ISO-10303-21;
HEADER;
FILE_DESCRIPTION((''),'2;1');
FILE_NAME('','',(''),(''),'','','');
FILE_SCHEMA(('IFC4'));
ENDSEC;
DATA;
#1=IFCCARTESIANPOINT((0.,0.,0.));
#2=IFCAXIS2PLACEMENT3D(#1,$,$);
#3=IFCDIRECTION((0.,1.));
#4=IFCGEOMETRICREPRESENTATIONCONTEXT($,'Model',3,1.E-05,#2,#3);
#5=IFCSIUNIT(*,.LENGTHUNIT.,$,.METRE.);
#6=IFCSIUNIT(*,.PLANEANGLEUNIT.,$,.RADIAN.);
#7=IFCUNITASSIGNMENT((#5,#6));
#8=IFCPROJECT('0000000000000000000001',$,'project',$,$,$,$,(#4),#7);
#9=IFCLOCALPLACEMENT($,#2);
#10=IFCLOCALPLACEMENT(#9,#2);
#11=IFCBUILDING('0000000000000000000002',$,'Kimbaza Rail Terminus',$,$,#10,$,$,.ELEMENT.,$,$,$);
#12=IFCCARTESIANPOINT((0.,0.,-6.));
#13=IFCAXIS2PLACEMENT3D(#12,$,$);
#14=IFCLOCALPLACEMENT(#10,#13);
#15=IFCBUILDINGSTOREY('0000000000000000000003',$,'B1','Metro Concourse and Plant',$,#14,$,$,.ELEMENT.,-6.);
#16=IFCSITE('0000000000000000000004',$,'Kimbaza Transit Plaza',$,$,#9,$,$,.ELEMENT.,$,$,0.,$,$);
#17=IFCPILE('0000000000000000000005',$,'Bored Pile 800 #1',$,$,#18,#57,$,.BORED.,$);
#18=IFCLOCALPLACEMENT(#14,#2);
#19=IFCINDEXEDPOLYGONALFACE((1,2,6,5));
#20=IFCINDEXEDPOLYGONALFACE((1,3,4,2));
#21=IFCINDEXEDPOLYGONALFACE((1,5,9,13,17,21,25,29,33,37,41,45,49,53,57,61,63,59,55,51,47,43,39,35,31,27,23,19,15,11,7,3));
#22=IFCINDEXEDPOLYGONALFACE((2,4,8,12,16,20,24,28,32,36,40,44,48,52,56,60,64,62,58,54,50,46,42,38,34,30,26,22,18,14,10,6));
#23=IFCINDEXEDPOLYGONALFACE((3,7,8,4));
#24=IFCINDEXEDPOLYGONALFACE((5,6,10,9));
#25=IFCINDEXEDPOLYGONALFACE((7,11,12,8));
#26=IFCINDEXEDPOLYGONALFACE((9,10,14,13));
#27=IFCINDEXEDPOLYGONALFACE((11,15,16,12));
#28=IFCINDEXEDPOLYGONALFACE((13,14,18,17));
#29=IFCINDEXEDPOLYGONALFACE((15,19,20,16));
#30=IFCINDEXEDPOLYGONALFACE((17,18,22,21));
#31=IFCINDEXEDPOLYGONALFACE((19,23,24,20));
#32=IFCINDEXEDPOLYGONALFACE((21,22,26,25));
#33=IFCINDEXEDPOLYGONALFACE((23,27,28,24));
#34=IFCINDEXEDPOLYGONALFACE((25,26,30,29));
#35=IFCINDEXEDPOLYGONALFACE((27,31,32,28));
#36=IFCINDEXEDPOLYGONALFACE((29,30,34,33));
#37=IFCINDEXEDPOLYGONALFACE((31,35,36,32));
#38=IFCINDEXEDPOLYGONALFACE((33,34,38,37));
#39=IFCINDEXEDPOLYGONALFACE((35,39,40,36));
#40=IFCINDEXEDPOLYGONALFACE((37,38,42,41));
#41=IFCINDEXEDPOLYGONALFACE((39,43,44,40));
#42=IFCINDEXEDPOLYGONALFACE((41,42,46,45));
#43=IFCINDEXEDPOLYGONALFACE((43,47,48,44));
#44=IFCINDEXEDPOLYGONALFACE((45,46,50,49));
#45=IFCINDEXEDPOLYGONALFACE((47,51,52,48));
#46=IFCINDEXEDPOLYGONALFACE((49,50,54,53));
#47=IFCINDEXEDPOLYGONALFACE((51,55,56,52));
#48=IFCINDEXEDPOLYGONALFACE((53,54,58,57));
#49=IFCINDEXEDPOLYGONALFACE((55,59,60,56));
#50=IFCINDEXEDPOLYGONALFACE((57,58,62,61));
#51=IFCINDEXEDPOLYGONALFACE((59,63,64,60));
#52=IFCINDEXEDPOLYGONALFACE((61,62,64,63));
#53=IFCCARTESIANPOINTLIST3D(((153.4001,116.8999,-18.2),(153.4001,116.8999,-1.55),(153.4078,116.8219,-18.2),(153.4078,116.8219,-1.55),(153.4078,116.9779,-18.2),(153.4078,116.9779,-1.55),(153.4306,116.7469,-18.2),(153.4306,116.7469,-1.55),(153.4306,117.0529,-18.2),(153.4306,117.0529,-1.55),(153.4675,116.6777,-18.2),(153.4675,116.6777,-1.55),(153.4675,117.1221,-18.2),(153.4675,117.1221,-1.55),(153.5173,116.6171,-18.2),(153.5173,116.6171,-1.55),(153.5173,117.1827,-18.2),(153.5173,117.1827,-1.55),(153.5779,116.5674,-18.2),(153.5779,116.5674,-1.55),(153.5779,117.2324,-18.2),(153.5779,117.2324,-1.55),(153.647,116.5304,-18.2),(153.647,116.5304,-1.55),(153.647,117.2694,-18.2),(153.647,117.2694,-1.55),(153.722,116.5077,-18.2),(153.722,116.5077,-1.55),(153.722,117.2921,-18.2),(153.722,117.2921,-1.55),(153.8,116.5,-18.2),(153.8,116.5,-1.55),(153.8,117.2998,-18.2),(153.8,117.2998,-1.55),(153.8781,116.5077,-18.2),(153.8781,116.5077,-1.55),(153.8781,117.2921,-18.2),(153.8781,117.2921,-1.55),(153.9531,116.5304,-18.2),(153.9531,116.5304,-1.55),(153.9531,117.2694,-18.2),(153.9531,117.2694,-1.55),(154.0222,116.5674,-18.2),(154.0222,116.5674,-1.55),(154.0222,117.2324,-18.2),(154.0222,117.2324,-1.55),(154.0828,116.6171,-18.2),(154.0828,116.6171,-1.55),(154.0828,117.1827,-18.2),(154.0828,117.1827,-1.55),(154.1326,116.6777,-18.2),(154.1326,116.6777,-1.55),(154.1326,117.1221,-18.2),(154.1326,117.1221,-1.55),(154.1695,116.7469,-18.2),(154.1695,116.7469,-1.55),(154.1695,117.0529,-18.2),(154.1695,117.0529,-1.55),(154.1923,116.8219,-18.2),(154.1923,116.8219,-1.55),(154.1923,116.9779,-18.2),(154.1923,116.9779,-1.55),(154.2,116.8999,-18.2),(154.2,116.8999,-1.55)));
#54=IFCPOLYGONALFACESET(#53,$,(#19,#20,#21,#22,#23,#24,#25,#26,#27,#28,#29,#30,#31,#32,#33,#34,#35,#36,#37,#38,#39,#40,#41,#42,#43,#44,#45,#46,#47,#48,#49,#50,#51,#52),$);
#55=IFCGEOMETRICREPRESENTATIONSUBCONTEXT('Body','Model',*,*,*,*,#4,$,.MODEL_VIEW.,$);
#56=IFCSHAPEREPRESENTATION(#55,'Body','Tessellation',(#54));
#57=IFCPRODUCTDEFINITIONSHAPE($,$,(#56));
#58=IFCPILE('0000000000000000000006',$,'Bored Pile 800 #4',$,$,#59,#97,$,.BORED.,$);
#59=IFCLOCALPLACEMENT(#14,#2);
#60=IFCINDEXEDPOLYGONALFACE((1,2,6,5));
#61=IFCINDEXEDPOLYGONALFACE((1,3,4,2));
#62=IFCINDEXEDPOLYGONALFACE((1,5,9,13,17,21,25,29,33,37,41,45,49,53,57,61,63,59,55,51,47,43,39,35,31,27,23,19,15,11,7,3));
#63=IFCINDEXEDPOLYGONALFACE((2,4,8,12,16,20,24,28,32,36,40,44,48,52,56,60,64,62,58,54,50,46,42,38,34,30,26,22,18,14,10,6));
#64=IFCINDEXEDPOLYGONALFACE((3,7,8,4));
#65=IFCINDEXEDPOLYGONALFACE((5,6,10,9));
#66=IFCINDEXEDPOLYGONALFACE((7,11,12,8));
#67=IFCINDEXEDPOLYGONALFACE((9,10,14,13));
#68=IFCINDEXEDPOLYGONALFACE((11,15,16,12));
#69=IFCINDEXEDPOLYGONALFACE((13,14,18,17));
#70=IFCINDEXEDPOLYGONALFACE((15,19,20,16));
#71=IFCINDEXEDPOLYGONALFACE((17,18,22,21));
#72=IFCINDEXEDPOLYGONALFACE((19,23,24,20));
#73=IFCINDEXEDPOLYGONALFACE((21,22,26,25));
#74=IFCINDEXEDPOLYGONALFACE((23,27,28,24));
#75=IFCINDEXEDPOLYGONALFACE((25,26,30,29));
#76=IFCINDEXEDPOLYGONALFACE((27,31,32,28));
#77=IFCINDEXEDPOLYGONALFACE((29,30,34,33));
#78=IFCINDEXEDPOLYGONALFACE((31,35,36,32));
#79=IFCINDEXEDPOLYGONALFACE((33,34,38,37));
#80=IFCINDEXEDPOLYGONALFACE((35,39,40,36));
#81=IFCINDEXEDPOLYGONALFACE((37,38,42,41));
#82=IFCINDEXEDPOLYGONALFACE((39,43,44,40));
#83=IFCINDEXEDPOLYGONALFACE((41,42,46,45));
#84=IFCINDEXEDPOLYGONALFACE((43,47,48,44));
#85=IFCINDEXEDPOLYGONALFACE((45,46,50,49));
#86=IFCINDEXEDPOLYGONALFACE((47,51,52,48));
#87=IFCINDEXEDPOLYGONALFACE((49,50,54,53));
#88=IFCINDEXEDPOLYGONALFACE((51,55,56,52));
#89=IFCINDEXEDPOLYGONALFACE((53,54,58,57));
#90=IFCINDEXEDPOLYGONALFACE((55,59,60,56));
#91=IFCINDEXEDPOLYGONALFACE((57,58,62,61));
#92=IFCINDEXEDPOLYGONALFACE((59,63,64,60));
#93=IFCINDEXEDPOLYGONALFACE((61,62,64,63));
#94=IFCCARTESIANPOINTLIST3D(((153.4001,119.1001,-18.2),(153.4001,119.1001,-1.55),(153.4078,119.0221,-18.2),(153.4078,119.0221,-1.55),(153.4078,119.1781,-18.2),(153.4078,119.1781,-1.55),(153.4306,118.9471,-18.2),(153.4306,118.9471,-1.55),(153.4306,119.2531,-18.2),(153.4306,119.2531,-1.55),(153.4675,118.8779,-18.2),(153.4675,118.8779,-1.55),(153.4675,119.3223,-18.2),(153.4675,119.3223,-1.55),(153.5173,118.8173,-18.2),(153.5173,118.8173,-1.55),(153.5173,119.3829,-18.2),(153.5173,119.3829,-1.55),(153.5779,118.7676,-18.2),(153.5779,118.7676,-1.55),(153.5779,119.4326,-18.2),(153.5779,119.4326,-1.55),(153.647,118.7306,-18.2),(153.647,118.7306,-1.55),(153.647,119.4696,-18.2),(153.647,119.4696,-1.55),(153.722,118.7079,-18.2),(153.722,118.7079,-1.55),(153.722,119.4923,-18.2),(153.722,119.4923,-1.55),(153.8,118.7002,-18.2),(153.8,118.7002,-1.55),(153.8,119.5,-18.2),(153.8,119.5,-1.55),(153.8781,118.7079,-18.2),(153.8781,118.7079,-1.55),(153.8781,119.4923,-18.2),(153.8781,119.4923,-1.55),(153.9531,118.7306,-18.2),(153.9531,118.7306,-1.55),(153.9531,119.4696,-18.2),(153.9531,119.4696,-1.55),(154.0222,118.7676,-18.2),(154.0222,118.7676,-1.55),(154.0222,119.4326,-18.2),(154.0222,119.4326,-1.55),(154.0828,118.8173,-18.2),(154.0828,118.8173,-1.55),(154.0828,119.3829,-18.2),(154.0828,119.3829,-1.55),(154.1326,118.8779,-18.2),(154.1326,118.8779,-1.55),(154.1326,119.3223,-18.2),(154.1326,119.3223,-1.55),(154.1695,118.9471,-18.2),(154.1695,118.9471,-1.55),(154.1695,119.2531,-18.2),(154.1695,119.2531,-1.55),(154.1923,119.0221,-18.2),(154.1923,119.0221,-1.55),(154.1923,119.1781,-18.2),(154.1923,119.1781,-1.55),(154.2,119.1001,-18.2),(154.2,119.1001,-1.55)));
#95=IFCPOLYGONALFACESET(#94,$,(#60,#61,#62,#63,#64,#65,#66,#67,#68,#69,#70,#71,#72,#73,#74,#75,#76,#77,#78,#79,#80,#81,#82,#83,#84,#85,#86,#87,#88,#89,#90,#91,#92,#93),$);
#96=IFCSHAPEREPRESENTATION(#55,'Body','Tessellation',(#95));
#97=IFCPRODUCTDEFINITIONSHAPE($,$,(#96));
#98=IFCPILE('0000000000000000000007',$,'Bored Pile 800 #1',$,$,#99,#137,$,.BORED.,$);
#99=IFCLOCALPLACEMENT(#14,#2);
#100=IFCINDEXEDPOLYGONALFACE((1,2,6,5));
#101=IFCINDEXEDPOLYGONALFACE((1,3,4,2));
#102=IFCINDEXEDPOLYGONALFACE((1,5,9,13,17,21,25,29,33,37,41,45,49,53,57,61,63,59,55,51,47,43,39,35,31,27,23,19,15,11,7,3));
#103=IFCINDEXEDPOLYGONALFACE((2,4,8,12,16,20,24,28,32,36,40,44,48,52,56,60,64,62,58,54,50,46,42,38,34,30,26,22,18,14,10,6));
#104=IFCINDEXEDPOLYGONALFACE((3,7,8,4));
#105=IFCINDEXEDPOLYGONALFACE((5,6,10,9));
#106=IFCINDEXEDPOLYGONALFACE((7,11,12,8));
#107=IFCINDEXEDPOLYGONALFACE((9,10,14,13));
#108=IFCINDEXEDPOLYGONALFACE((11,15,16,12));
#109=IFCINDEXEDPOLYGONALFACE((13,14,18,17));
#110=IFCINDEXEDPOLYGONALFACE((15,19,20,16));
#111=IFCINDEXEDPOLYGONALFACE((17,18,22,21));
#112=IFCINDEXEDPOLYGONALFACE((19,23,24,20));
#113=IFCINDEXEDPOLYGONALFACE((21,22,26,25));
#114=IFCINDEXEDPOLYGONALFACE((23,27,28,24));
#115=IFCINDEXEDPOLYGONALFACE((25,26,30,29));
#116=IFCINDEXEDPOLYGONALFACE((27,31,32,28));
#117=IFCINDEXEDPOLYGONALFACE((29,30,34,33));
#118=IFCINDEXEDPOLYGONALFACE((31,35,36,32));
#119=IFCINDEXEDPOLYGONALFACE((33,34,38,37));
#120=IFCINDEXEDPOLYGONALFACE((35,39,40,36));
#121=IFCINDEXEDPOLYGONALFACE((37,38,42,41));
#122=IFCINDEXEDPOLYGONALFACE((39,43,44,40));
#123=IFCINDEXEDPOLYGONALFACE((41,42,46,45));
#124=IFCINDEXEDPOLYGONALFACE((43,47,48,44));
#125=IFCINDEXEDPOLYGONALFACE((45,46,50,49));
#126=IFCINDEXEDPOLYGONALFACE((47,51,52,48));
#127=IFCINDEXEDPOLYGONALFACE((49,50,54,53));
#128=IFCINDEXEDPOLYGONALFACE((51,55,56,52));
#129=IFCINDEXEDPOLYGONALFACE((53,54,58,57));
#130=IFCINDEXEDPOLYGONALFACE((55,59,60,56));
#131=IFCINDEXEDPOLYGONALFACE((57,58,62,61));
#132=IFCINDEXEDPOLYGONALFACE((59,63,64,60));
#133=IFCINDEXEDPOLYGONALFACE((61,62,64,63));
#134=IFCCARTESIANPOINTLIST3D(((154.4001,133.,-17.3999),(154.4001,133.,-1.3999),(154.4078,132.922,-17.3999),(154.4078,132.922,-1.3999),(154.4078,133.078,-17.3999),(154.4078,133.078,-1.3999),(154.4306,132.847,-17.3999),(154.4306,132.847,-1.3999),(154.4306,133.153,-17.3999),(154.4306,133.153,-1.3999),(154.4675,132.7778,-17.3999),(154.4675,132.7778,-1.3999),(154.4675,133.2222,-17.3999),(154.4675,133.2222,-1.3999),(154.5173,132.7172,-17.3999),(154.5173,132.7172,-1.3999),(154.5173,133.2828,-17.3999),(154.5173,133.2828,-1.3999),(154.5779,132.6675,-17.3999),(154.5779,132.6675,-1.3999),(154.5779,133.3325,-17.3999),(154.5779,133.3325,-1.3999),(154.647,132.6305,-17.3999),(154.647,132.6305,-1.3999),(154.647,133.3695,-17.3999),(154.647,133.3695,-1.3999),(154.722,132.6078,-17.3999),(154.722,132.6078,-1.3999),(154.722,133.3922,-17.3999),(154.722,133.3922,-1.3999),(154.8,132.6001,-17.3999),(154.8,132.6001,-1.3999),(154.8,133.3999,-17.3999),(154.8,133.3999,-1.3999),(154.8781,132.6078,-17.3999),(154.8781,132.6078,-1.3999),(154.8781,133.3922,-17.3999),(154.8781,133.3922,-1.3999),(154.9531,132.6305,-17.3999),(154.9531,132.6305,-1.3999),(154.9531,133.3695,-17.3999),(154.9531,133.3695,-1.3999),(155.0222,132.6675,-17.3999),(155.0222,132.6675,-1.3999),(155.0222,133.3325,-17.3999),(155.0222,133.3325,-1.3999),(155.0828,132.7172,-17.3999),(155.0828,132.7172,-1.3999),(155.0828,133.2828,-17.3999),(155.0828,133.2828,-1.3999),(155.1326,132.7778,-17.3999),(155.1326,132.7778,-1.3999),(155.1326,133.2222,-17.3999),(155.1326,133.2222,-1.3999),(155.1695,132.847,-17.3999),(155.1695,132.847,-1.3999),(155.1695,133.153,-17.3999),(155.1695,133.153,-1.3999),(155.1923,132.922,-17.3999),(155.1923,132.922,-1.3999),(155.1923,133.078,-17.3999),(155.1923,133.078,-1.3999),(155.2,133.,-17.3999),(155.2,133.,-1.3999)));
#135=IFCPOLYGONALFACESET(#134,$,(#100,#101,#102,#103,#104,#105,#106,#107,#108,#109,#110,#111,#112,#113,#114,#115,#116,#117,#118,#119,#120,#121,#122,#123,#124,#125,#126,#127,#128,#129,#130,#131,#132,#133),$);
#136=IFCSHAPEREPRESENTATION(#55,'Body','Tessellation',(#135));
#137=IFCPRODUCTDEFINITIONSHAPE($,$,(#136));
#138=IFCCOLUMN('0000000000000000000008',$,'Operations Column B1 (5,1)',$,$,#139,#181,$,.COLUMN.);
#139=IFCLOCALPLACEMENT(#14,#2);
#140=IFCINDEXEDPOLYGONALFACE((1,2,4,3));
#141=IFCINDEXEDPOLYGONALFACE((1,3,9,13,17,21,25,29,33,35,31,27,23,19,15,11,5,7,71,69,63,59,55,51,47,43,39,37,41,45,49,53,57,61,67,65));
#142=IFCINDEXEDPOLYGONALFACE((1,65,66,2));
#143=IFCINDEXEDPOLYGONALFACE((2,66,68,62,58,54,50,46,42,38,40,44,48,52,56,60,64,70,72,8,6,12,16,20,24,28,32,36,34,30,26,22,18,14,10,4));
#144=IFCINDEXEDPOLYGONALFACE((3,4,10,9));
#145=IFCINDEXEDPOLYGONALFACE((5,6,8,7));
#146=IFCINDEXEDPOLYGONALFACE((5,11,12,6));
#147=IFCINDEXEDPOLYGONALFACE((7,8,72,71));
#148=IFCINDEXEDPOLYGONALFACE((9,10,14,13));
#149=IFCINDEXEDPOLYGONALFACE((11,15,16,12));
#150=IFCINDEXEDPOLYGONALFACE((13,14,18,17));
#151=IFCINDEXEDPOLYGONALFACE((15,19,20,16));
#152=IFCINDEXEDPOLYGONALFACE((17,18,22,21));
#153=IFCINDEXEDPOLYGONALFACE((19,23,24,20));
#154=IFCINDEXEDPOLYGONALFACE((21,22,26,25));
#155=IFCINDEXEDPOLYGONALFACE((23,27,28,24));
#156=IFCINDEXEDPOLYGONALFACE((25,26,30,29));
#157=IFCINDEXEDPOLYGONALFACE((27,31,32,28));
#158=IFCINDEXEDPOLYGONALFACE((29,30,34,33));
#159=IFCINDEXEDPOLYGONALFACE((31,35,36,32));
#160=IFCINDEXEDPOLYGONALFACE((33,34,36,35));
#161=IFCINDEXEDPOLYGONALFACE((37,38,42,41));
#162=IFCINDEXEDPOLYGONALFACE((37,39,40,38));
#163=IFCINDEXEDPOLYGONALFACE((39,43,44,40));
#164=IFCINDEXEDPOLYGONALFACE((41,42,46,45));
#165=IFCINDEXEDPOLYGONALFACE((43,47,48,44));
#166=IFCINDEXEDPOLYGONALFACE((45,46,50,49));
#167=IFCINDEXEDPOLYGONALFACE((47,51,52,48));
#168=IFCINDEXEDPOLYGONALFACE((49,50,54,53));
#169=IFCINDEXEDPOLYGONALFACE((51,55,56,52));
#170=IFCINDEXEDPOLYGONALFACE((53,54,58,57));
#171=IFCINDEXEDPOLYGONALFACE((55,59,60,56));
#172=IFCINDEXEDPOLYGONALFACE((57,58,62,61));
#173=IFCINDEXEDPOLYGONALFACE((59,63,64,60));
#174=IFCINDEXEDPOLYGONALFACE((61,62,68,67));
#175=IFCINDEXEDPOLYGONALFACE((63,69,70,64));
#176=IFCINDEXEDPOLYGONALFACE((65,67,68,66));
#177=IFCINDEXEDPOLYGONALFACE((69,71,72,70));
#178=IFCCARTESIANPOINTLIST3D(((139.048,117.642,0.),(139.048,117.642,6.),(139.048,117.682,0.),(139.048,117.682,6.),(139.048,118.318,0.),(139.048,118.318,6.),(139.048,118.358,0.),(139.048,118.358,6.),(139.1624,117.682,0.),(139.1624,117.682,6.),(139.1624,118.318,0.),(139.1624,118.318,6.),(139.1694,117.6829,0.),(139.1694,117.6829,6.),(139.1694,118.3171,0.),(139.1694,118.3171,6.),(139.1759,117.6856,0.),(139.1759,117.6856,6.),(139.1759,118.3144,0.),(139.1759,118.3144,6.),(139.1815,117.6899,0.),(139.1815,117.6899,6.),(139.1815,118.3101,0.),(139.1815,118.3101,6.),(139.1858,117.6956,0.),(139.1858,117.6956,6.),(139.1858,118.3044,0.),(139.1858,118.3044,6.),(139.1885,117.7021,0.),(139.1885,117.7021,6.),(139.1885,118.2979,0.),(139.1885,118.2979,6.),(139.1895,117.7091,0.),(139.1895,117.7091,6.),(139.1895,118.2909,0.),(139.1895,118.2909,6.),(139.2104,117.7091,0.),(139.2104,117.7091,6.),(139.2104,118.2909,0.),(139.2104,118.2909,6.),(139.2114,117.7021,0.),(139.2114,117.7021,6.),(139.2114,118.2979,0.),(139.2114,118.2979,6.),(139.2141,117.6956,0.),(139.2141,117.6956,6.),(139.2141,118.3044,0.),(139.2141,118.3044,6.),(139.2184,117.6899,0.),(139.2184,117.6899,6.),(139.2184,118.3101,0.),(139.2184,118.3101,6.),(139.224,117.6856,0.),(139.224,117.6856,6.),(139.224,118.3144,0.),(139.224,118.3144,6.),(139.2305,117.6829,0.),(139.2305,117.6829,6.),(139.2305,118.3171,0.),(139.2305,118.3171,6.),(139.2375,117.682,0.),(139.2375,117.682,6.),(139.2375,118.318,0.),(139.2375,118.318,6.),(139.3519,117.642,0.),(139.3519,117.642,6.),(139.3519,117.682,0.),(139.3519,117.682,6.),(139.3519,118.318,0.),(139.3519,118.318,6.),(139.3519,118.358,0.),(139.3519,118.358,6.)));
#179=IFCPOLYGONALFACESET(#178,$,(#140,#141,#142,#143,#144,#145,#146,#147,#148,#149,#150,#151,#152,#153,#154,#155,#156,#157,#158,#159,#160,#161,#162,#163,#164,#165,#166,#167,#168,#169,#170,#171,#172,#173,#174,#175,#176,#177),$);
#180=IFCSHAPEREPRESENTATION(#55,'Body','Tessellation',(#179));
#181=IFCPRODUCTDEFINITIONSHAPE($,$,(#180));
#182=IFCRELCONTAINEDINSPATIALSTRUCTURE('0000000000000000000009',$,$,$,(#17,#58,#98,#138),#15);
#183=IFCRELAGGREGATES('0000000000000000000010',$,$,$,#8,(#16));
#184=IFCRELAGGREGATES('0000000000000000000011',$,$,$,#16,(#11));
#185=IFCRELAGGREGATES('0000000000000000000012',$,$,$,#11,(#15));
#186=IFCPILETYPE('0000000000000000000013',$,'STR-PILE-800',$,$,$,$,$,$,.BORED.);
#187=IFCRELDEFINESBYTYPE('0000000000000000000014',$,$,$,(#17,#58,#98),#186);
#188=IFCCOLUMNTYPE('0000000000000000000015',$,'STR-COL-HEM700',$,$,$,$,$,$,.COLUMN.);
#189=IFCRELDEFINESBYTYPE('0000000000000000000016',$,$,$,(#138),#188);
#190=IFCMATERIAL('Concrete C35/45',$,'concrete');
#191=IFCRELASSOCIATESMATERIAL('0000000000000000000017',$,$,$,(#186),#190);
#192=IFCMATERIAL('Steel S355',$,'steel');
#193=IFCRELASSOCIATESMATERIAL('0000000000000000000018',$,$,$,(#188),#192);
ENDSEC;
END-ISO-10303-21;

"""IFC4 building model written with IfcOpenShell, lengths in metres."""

from ifc_helpers import new_model, si_unit, direction, frame, origin, origin_2d, place, context, subcontext, project, spatial, circle, i_section, extrude, material, material_profile, profile_set, type_object, element, save


model = new_model("IFC4")

# Units and contexts
model_context = context("Model", 3, precision=1e-05, world=origin(), true_north=direction((0.0, 1.0)))
body_context = subcontext(model_context, "Body", "Model", "MODEL_VIEW")
ifc_project = project(units=[si_unit("LENGTHUNIT", "METRE"), si_unit("PLANEANGLEUNIT", "RADIAN")], contexts=[model_context])

# Site, building, storey
site_placement = place(None, origin())
site = spatial("IfcSite", under=ifc_project, at=site_placement, Name="Kimbaza Transit Plaza", CompositionType="ELEMENT", RefElevation=0.0)
building_placement = place(site_placement, origin())
building = spatial("IfcBuilding", under=site, at=building_placement, Name="Kimbaza Rail Terminus", CompositionType="ELEMENT")
storey_placement = place(building_placement, frame((0.0, 0.0, -6.0)))
storey = spatial("IfcBuildingStorey", under=building, at=storey_placement, Name="B1", Description="Metro Concourse and Plant", CompositionType="ELEMENT", Elevation=-6.0)

# Piles
ifc_material_1 = material(Name="Concrete C35/45", Category="concrete")
ifc_material_profile_1 = material_profile(ifc_material_1, circle(Radius=0.3999, at=origin_2d()), Name="BORED PILE 800")
ifc_profile_set_1 = profile_set([ifc_material_profile_1], Name="Concrete C35/45")
pile_type_1 = type_object("IfcPileType", Name="STR-PILE-800", PredefinedType="BORED", material=ifc_profile_set_1)
for number, where, z_axis, x_axis, name in (
    (1, (153.8, 116.8999, -1.55), (0.0, 0.0, -1.0), (1.0, 0.0, 0.0), "Bored Pile 800 #1"),
    (2, (153.8, 119.1001, -1.55), (0.0, 0.0, -1.0), (1.0, 0.0, 0.0), "Bored Pile 800 #4"),
):
    element("IfcPile", number, at=place(storey_placement, frame(where, z_axis=z_axis, x_axis=x_axis)), inside=storey, type_object=pile_type_1, Name=name, PredefinedType="BORED", context=body_context, shape_type="SweptSolid", body=[
        extrude(circle(Radius=0.3999, at=origin_2d()), origin(), (0.0, 0.0, 1.0), 16.6499),
    ])
pile_1_placement = place(storey_placement, frame((154.8, 133.0, -1.3999), z_axis=(0.0, 0.0, -1.0), x_axis=(1.0, 0.0, 0.0)))
element("IfcPile", 3, at=pile_1_placement, inside=storey, type_object=pile_type_1, Name="Bored Pile 800 #1", PredefinedType="BORED", context=body_context, shape_type="SweptSolid", body=[
    extrude(circle(Radius=0.3999, at=origin_2d()), origin(), (0.0, 0.0, 1.0), 16.0),
])

# Column
ifc_material_2 = material(Name="Steel S355", Category="steel")
ifc_material_profile_2 = material_profile(ifc_material_2, i_section(OverallWidth=0.304, OverallDepth=0.7161, WebThickness=0.021, FlangeThickness=0.04, FilletRadius=0.0271, at=origin_2d()), Name="HEM 700")
ifc_profile_set_2 = profile_set([ifc_material_profile_2], Name="Steel S355")
column_type = type_object("IfcColumnType", Name="STR-COL-HEM700", PredefinedType="COLUMN", material=ifc_profile_set_2)
for number, where, z_axis, x_axis, name in (
    (4, (139.2, 118.0, 0.0), (0.0, 0.0, 1.0), (1.0, 0.0, 0.0), "Operations Column B1 (5,1)"),
):
    element("IfcColumn", number, at=place(storey_placement, frame(where, z_axis=z_axis, x_axis=x_axis)), inside=storey, type_object=column_type, Name=name, PredefinedType="COLUMN", context=body_context, shape_type="SweptSolid", body=[
        extrude(i_section(OverallWidth=0.304, OverallDepth=0.7161, WebThickness=0.021, FlangeThickness=0.04, FilletRadius=0.0271, at=origin_2d()), origin(), (0.0, 0.0, 1.0), 6.0),
    ])

save(model, "model.ifc")
